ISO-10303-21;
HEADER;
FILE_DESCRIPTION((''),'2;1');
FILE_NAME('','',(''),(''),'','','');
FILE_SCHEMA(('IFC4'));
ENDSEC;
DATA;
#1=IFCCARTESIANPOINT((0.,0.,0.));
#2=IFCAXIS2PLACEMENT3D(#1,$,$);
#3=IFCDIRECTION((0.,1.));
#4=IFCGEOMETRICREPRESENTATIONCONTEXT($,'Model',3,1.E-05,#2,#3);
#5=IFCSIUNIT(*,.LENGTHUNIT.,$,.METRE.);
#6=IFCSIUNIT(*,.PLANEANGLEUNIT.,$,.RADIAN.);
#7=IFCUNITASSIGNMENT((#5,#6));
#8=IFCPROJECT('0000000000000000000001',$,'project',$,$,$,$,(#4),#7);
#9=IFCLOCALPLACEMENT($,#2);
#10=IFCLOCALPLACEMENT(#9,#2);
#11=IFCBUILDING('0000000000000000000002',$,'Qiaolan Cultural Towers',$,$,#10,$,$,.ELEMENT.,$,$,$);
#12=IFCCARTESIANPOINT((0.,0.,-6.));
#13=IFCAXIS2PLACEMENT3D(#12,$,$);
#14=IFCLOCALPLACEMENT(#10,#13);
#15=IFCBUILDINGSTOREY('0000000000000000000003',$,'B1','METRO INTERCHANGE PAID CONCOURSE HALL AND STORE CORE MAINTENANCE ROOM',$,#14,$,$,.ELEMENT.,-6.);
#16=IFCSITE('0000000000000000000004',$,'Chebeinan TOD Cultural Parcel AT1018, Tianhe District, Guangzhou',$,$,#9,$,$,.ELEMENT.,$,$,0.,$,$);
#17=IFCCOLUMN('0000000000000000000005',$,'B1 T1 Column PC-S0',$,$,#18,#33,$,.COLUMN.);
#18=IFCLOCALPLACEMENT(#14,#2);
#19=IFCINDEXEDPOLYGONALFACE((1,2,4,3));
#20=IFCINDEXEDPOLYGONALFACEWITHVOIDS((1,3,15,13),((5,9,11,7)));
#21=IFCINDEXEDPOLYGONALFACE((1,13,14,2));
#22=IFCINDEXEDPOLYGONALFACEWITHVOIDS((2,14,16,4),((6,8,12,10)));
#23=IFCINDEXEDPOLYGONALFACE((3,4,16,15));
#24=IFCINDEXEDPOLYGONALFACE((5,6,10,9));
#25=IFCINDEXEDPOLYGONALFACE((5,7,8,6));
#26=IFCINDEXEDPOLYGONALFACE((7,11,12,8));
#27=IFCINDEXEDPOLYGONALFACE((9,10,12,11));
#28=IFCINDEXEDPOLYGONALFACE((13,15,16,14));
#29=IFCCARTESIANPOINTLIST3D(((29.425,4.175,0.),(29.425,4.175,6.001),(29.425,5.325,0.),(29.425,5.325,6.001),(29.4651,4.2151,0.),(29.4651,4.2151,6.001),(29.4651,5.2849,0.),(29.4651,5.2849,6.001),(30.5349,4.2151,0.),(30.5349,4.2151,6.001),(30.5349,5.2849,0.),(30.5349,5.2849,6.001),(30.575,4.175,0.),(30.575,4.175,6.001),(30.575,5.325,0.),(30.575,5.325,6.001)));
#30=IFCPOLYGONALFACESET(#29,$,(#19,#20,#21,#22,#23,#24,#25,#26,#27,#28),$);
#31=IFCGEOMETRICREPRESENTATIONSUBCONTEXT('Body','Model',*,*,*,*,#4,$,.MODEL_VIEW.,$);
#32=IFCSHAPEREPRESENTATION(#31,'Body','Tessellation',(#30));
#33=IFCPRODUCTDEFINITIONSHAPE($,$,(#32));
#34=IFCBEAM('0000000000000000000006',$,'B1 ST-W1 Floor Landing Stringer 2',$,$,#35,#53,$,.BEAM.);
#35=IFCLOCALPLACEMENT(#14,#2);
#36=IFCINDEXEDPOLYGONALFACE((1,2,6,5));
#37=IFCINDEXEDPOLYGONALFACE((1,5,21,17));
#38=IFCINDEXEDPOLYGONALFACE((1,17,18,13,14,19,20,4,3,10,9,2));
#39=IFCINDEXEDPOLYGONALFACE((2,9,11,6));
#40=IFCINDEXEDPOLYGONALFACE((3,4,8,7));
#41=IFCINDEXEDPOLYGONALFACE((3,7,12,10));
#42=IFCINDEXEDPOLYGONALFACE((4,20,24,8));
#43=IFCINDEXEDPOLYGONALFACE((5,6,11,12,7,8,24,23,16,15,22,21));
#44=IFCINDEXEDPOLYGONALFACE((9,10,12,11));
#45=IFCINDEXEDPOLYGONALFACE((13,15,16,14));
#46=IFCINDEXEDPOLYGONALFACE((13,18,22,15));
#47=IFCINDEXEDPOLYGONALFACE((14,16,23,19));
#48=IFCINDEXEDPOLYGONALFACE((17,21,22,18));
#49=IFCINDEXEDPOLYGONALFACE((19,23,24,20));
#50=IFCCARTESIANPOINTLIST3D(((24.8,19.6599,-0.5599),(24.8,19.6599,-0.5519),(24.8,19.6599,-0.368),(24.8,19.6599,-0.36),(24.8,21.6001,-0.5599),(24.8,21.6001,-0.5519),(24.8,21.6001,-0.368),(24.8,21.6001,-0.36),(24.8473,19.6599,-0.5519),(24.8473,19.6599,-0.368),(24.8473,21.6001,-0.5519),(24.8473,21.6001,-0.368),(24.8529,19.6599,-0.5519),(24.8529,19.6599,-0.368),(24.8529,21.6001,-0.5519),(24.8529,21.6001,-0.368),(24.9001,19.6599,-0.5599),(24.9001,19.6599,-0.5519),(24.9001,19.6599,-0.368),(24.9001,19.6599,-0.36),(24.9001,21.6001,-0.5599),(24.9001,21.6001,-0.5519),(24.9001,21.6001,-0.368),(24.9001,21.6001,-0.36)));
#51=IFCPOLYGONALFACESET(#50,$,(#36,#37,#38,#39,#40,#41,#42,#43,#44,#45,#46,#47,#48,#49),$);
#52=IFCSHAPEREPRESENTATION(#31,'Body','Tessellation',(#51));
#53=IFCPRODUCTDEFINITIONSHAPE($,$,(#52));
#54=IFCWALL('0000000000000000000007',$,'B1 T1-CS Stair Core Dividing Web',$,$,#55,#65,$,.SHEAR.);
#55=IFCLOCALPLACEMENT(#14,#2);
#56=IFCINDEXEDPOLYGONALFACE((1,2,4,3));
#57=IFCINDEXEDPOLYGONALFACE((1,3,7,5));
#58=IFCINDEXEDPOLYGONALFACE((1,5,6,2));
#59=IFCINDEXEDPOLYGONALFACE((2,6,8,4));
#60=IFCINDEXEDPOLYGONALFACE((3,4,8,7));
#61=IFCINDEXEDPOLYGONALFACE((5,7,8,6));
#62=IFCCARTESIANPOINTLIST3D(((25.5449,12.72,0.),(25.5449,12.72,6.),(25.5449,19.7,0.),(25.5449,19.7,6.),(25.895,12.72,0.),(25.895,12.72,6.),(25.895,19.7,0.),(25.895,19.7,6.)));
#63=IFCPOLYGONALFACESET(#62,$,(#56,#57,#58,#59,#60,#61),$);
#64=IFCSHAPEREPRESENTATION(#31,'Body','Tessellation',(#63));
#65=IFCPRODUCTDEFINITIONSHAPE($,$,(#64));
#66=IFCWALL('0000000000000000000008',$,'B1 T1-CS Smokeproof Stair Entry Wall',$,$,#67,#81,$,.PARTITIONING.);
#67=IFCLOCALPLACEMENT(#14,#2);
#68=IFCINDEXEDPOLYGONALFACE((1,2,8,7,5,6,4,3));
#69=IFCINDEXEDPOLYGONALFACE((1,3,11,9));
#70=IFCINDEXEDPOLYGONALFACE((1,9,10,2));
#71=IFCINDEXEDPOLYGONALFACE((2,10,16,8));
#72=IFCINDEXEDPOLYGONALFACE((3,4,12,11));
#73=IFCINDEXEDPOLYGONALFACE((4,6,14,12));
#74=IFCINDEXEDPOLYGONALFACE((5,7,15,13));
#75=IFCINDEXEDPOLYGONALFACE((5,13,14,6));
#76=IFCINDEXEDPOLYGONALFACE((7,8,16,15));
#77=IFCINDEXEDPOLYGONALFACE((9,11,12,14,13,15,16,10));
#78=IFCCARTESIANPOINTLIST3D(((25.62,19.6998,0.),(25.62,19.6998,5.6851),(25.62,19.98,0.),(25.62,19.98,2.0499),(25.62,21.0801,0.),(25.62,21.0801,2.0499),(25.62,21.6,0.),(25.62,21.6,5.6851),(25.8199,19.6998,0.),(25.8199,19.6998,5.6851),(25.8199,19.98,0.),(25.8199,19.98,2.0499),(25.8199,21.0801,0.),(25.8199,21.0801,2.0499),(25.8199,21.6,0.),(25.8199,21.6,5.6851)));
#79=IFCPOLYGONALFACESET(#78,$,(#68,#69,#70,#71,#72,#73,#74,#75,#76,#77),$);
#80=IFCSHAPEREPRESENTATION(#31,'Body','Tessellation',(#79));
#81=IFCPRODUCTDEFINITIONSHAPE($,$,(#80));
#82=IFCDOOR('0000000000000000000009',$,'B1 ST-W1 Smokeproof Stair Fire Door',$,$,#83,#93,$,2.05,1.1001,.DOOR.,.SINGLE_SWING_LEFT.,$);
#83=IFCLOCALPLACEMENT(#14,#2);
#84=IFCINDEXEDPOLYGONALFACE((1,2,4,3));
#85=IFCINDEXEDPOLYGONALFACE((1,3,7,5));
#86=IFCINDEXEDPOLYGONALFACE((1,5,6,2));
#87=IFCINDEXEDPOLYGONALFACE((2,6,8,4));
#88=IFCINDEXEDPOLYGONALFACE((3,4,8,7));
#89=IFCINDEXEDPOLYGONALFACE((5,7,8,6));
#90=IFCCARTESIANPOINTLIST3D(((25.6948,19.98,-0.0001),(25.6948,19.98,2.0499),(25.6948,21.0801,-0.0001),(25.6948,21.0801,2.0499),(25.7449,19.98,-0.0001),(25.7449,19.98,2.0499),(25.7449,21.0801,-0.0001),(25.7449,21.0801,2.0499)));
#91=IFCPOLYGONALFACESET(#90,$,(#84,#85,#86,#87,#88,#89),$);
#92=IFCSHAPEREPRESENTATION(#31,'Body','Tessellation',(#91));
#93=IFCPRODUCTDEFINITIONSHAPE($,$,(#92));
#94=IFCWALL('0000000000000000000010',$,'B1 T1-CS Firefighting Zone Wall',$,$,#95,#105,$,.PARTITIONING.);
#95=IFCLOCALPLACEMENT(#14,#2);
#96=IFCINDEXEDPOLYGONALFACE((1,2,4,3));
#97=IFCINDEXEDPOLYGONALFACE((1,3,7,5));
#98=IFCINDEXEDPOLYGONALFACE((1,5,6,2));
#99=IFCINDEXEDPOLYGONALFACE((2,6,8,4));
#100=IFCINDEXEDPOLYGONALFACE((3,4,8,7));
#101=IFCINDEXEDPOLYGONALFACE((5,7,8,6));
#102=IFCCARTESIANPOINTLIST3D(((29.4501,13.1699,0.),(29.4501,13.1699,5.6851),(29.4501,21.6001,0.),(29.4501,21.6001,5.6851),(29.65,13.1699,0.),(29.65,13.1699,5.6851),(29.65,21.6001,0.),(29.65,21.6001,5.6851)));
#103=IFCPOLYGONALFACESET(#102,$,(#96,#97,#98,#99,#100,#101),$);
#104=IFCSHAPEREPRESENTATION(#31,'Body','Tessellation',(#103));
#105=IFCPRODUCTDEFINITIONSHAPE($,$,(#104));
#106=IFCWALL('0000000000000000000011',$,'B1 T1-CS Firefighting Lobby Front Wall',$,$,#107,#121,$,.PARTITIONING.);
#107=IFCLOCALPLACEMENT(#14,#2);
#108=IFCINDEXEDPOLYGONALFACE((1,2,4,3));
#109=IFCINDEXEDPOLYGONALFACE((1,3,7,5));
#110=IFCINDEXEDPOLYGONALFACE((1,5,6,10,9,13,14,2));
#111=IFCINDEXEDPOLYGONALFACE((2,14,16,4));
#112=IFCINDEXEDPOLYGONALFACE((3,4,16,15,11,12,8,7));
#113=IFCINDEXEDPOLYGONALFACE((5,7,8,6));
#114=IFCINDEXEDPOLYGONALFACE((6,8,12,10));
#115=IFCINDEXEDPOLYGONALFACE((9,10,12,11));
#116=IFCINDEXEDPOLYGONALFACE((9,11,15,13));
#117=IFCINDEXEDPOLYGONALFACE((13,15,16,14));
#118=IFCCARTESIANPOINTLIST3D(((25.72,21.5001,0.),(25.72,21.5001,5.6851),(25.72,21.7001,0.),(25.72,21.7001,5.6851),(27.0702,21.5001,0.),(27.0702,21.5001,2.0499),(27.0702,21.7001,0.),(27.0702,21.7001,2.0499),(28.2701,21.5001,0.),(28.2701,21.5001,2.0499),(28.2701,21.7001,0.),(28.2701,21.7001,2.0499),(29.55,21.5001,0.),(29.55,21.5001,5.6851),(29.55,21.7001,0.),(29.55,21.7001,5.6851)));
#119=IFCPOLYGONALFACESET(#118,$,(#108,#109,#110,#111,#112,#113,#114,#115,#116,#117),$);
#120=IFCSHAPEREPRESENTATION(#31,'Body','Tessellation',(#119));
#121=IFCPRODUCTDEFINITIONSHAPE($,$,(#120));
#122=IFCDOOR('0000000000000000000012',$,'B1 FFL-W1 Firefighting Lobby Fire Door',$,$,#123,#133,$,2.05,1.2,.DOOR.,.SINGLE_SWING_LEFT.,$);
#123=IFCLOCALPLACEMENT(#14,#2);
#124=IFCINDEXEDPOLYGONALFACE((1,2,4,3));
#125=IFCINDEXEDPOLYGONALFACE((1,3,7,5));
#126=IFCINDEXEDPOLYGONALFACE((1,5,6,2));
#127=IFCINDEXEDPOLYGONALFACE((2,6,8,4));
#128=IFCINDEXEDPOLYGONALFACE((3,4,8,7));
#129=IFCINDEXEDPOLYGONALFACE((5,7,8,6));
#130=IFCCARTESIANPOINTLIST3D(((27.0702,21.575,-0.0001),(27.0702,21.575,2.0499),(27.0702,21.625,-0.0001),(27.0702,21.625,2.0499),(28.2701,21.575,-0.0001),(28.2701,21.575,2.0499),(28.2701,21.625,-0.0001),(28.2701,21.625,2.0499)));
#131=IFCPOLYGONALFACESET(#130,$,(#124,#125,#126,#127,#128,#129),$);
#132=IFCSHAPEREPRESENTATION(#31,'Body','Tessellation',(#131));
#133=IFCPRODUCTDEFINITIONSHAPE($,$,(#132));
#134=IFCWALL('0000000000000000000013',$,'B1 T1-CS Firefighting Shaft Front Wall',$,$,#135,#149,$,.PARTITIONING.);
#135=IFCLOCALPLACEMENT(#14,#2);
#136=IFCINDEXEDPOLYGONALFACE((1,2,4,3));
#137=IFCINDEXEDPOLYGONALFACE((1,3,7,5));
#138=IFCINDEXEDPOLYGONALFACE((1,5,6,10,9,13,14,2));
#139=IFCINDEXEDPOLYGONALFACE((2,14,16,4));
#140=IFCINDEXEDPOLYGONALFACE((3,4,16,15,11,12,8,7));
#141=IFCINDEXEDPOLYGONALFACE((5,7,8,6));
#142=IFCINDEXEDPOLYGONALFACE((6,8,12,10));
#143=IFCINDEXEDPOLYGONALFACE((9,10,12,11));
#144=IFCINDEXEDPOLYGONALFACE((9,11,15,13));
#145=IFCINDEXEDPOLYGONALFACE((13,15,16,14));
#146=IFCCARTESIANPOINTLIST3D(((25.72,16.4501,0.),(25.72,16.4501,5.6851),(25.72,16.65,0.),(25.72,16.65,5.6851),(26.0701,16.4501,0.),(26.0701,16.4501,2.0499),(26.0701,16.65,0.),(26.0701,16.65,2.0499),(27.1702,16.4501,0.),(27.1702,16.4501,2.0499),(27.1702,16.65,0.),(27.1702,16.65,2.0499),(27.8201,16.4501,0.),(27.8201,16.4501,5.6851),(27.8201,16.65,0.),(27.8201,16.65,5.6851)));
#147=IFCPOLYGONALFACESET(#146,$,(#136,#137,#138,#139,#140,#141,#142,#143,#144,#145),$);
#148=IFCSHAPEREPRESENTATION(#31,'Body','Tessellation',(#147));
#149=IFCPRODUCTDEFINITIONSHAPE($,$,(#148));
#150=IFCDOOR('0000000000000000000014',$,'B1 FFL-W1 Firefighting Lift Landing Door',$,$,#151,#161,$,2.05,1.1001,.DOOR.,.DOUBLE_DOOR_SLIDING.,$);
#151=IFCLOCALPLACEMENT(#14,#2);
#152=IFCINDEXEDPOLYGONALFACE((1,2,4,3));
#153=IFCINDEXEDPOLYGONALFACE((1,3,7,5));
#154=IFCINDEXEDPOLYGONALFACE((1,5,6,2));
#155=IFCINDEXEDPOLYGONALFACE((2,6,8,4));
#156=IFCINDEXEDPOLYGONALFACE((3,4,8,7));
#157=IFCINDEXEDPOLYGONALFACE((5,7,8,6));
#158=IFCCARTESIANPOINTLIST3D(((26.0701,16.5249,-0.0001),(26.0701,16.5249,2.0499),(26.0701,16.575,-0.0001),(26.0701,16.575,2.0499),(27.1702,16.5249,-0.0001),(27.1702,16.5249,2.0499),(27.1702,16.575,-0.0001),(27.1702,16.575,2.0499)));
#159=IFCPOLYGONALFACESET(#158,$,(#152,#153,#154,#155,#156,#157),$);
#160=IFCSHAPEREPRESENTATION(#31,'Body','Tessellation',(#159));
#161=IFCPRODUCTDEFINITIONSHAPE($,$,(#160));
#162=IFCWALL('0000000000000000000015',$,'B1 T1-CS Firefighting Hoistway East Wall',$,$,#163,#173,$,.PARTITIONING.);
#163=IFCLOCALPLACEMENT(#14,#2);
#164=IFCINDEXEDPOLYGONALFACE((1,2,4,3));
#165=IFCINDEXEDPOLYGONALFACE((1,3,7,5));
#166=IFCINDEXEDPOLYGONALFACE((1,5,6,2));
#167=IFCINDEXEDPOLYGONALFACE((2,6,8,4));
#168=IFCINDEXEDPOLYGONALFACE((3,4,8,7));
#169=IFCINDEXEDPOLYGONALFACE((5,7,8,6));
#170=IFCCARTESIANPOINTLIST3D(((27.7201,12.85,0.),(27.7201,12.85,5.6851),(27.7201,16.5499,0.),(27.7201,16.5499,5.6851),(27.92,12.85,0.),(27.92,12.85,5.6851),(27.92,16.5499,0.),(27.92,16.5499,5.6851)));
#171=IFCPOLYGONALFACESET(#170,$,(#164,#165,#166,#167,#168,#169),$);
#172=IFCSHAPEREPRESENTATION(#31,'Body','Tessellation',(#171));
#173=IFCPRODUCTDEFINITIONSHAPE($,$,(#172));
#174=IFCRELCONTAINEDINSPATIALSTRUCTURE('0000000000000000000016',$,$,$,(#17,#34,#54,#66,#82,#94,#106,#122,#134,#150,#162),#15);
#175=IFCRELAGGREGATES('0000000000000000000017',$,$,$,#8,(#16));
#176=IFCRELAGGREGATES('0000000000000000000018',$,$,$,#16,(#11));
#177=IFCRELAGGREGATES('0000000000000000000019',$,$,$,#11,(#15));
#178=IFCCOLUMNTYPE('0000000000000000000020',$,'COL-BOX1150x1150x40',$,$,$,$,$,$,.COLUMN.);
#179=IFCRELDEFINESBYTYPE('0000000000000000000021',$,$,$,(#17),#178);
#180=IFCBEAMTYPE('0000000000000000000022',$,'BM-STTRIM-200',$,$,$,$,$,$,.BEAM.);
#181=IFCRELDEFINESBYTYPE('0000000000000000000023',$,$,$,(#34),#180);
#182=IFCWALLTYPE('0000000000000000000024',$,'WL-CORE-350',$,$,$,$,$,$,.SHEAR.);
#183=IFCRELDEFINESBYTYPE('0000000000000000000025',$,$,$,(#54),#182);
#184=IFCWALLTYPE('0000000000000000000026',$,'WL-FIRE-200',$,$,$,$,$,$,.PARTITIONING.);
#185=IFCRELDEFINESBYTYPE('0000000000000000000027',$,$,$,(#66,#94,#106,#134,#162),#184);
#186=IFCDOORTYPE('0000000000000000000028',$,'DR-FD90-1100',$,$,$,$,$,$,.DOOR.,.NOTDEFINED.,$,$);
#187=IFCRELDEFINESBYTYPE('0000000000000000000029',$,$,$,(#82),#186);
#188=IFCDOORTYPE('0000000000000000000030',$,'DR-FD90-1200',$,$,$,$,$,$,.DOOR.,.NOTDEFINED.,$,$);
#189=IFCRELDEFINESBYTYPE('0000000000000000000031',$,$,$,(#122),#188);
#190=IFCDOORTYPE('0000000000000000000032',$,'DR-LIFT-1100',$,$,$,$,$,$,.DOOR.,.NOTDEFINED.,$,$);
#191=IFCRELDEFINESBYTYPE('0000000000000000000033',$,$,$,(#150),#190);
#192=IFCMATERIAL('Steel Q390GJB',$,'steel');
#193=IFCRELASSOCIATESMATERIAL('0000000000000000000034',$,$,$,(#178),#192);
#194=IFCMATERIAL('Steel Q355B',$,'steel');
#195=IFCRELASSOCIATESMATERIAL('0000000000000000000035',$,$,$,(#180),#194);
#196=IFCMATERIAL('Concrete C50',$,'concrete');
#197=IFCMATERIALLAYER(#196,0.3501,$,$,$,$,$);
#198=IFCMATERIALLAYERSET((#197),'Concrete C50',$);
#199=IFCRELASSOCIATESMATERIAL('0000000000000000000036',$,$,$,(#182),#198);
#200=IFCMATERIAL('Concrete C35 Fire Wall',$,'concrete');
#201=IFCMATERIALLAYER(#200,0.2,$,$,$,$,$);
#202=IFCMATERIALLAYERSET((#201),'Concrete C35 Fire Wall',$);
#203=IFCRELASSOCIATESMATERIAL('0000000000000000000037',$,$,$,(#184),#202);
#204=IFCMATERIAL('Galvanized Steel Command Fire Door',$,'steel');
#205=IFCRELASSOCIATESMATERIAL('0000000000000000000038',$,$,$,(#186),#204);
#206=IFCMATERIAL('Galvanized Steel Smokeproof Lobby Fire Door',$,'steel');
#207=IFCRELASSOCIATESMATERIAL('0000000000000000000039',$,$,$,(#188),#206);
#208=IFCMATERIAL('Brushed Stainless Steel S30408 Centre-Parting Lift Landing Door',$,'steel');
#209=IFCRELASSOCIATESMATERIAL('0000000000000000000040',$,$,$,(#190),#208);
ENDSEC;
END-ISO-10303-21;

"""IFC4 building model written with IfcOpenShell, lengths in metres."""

from ifc_helpers import new_model, si_unit, direction, frame, frame_2d, origin, origin_2d, place, context, subcontext, project, spatial, rectangle, hollow_rectangle, i_section, extrude, material, layer, layer_set, material_profile, profile_set, type_object, element, fill, save


model = new_model("IFC4")

# Units and contexts
model_context = context("Model", 3, precision=1e-05, world=origin(), true_north=direction((0.0, 1.0)))
body_context = subcontext(model_context, "Body", "Model", "MODEL_VIEW")
ifc_project = project(units=[si_unit("LENGTHUNIT", "METRE"), si_unit("PLANEANGLEUNIT", "RADIAN")], contexts=[model_context])

# Site, building, storey
site_placement = place(None, origin())
site = spatial("IfcSite", under=ifc_project, at=site_placement, Name="Chebeinan TOD Cultural Parcel AT1018, Tianhe District, Guangzhou", CompositionType="ELEMENT", RefElevation=0.0)
building_placement = place(site_placement, origin())
building = spatial("IfcBuilding", under=site, at=building_placement, Name="Qiaolan Cultural Towers", CompositionType="ELEMENT")
storey_placement = place(building_placement, frame((0.0, 0.0, -6.0)))
storey = spatial("IfcBuildingStorey", under=building, at=storey_placement, Name="B1", Description="METRO INTERCHANGE PAID CONCOURSE HALL AND STORE CORE MAINTENANCE ROOM", CompositionType="ELEMENT", Elevation=-6.0)

# Column
ifc_material_1 = material(Name="Steel Q390GJB", Category="steel")
ifc_material_profile_1 = material_profile(ifc_material_1, hollow_rectangle(XDim=1.1499, YDim=1.1499, WallThickness=0.04, at=origin_2d()), Name="BOX1150x1150x40")
ifc_profile_set_1 = profile_set([ifc_material_profile_1], Name="Steel Q390GJB")
column_type = type_object("IfcColumnType", Name="COL-BOX1150x1150x40", PredefinedType="COLUMN", material=ifc_profile_set_1)
column_placement = place(storey_placement, frame((30.0, 4.75, 0.0), z_axis=(0.0, 0.0, 1.0), x_axis=(1.0, 0.0, 0.0)))
element("IfcColumn", 1, at=column_placement, inside=storey, type_object=column_type, Name="B1 T1 Column PC-S0", PredefinedType="COLUMN", context=body_context, shape_type="SweptSolid", body=[
    extrude(hollow_rectangle(XDim=1.1499, YDim=1.1499, WallThickness=0.04, at=origin_2d()), origin(), (0.0, 0.0, 1.0), 6.001),
])

# Beam
ifc_material_2 = material(Name="Steel Q355B", Category="steel")
ifc_material_profile_2 = material_profile(ifc_material_2, i_section(OverallWidth=0.1001, OverallDepth=0.2, WebThickness=0.0056, FlangeThickness=0.0081, at=origin_2d()), Name="HN200x100x5.5x8")
ifc_profile_set_2 = profile_set([ifc_material_profile_2], Name="Steel Q355B")
beam_type = type_object("IfcBeamType", Name="BM-STTRIM-200", PredefinedType="BEAM", material=ifc_profile_set_2)
beam_placement = place(storey_placement, frame((24.8501, 21.6001, -0.46), z_axis=(0.0, -1.0, 0.0), x_axis=(1.0, 0.0, 0.0)))
element("IfcBeam", 2, at=beam_placement, inside=storey, type_object=beam_type, Name="B1 ST-W1 Floor Landing Stringer 2", PredefinedType="BEAM", context=body_context, shape_type="SweptSolid", body=[
    extrude(i_section(OverallWidth=0.1001, OverallDepth=0.2, WebThickness=0.0056, FlangeThickness=0.0081, at=origin_2d()), origin(), (0.0, 0.0, 1.0), 1.9402),
])

# Wall
ifc_material_3 = material(Name="Concrete C50", Category="concrete")
ifc_layer_1 = layer(ifc_material_3, 0.3501)
ifc_layer_set_1 = layer_set([ifc_layer_1], Name="Concrete C50")
wall_type_1 = type_object("IfcWallType", Name="WL-CORE-350", PredefinedType="SHEAR", material=ifc_layer_set_1)
wall_1_placement = place(storey_placement, frame((25.72, 19.7, 0.0), z_axis=(0.0, 0.0, 1.0), x_axis=(0.0, -1.0, 0.0)))
element("IfcWall", 3, at=wall_1_placement, inside=storey, type_object=wall_type_1, Name="B1 T1-CS Stair Core Dividing Web", PredefinedType="SHEAR", context=body_context, shape_type="SweptSolid", body=[
    extrude(rectangle(XDim=6.98, YDim=0.3501, at=frame_2d((3.49, 0.0))), origin(), (0.0, 0.0, 1.0), 6.0),
])

# Wall, opening, door
ifc_material_4 = material(Name="Concrete C35 Fire Wall", Category="concrete")
ifc_layer_2 = layer(ifc_material_4, 0.2)
ifc_layer_set_2 = layer_set([ifc_layer_2], Name="Concrete C35 Fire Wall")
wall_type_2 = type_object("IfcWallType", Name="WL-FIRE-200", PredefinedType="PARTITIONING", material=ifc_layer_set_2)
wall_2_placement = place(storey_placement, frame((25.72, 21.6001, 0.0), z_axis=(0.0, 0.0, 1.0), x_axis=(0.0, -1.0, 0.0)))
wall_2 = element("IfcWall", 4, at=wall_2_placement, inside=storey, type_object=wall_type_2, Name="B1 T1-CS Smokeproof Stair Entry Wall", PredefinedType="PARTITIONING", context=body_context, shape_type="SweptSolid", body=[
    extrude(rectangle(XDim=1.9001, YDim=0.2, at=frame_2d((0.9502, 0.0))), origin(), (0.0, 0.0, 1.0), 5.6851),
])
opening_1_placement = place(wall_2_placement, frame((0.52, 0.0, 0.0)))
opening_1 = element("IfcOpeningElement", 5, at=opening_1_placement, cuts=wall_2, PredefinedType="OPENING", context=body_context, shape_type="SweptSolid", body=[
    extrude(rectangle(XDim=1.1001, YDim=2.05, at=frame_2d((0.55, 1.0249))), frame((0.0, 0.1099, 0.0), z_axis=(0.0, -1.0, 0.0), x_axis=(1.0, 0.0, 0.0)), (0.0, 0.0, 1.0), 0.22),
])
ifc_material_5 = material(Name="Galvanized Steel Command Fire Door", Category="steel")
door_type_1 = type_object("IfcDoorType", Name="DR-FD90-1100", OperationType="NOTDEFINED", PredefinedType="DOOR", material=ifc_material_5)
door_1_placement = place(opening_1_placement, origin())
door_1 = element("IfcDoor", 6, at=door_1_placement, inside=storey, type_object=door_type_1, Name="B1 ST-W1 Smokeproof Stair Fire Door", OperationType="SINGLE_SWING_LEFT", OverallHeight=2.05, OverallWidth=1.1001, PredefinedType="DOOR", context=body_context, shape_type="SweptSolid", body=[
    extrude(rectangle(XDim=1.1001, YDim=2.05, at=frame_2d((0.55, 1.0249))), frame((0.0, 0.0249, 0.0), z_axis=(0.0, -1.0, 0.0), x_axis=(1.0, 0.0, 0.0)), (0.0, 0.0, 1.0), 0.05),
])
fill(opening_1, door_1)

# Wall
wall_3_placement = place(storey_placement, frame((29.55, 21.6001, 0.0), z_axis=(0.0, 0.0, 1.0), x_axis=(0.0, -1.0, 0.0)))
element("IfcWall", 7, at=wall_3_placement, inside=storey, type_object=wall_type_2, Name="B1 T1-CS Firefighting Zone Wall", PredefinedType="PARTITIONING", context=body_context, shape_type="SweptSolid", body=[
    extrude(rectangle(XDim=8.4302, YDim=0.2, at=frame_2d((4.2151, 0.0))), origin(), (0.0, 0.0, 1.0), 5.6851),
])

# Walls, openings, doors
wall_4_placement = place(storey_placement, frame((25.72, 21.6001, 0.0), z_axis=(0.0, 0.0, 1.0), x_axis=(1.0, 0.0, 0.0)))
wall_4 = element("IfcWall", 8, at=wall_4_placement, inside=storey, type_object=wall_type_2, Name="B1 T1-CS Firefighting Lobby Front Wall", PredefinedType="PARTITIONING", context=body_context, shape_type="SweptSolid", body=[
    extrude(rectangle(XDim=3.8301, YDim=0.2, at=frame_2d((1.915, 0.0))), origin(), (0.0, 0.0, 1.0), 5.6851),
])
opening_2_placement = place(wall_4_placement, frame((1.3501, 0.0, 0.0)))
opening_2 = element("IfcOpeningElement", 9, at=opening_2_placement, cuts=wall_4, PredefinedType="OPENING", context=body_context, shape_type="SweptSolid", body=[
    extrude(rectangle(XDim=1.2, YDim=2.05, at=frame_2d((0.6001, 1.0249))), frame((0.0, 0.1099, 0.0), z_axis=(0.0, -1.0, 0.0), x_axis=(1.0, 0.0, 0.0)), (0.0, 0.0, 1.0), 0.22),
])
ifc_material_6 = material(Name="Galvanized Steel Smokeproof Lobby Fire Door", Category="steel")
door_type_2 = type_object("IfcDoorType", Name="DR-FD90-1200", OperationType="NOTDEFINED", PredefinedType="DOOR", material=ifc_material_6)
door_2_placement = place(opening_2_placement, origin())
door_2 = element("IfcDoor", 10, at=door_2_placement, inside=storey, type_object=door_type_2, Name="B1 FFL-W1 Firefighting Lobby Fire Door", OperationType="SINGLE_SWING_LEFT", OverallHeight=2.05, OverallWidth=1.2, PredefinedType="DOOR", context=body_context, shape_type="SweptSolid", body=[
    extrude(rectangle(XDim=1.2, YDim=2.05, at=frame_2d((0.6001, 1.0249))), frame((0.0, 0.0249, 0.0), z_axis=(0.0, -1.0, 0.0), x_axis=(1.0, 0.0, 0.0)), (0.0, 0.0, 1.0), 0.05),
])
fill(opening_2, door_2)
wall_5_placement = place(storey_placement, frame((25.72, 16.55, 0.0), z_axis=(0.0, 0.0, 1.0), x_axis=(1.0, 0.0, 0.0)))
wall_5 = element("IfcWall", 11, at=wall_5_placement, inside=storey, type_object=wall_type_2, Name="B1 T1-CS Firefighting Shaft Front Wall", PredefinedType="PARTITIONING", context=body_context, shape_type="SweptSolid", body=[
    extrude(rectangle(XDim=2.1001, YDim=0.2, at=frame_2d((1.05, 0.0))), origin(), (0.0, 0.0, 1.0), 5.6851),
])
opening_3_placement = place(wall_5_placement, frame((0.3501, 0.0, 0.0)))
opening_3 = element("IfcOpeningElement", 12, at=opening_3_placement, cuts=wall_5, PredefinedType="OPENING", context=body_context, shape_type="SweptSolid", body=[
    extrude(rectangle(XDim=1.1001, YDim=2.05, at=frame_2d((0.55, 1.0249))), frame((0.0, 0.1099, 0.0), z_axis=(0.0, -1.0, 0.0), x_axis=(1.0, 0.0, 0.0)), (0.0, 0.0, 1.0), 0.22),
])
ifc_material_7 = material(Name="Brushed Stainless Steel S30408 Centre-Parting Lift Landing Door", Category="steel")
door_type_3 = type_object("IfcDoorType", Name="DR-LIFT-1100", OperationType="NOTDEFINED", PredefinedType="DOOR", material=ifc_material_7)
door_3_placement = place(opening_3_placement, origin())
door_3 = element("IfcDoor", 13, at=door_3_placement, inside=storey, type_object=door_type_3, Name="B1 FFL-W1 Firefighting Lift Landing Door", OperationType="DOUBLE_DOOR_SLIDING", OverallHeight=2.05, OverallWidth=1.1001, PredefinedType="DOOR", context=body_context, shape_type="SweptSolid", body=[
    extrude(rectangle(XDim=1.1001, YDim=2.05, at=frame_2d((0.55, 1.0249))), frame((0.0, 0.0249, 0.0), z_axis=(0.0, -1.0, 0.0), x_axis=(1.0, 0.0, 0.0)), (0.0, 0.0, 1.0), 0.05),
])
fill(opening_3, door_3)

# Wall
wall_6_placement = place(storey_placement, frame((27.8201, 16.55, 0.0), z_axis=(0.0, 0.0, 1.0), x_axis=(0.0, -1.0, 0.0)))
element("IfcWall", 14, at=wall_6_placement, inside=storey, type_object=wall_type_2, Name="B1 T1-CS Firefighting Hoistway East Wall", PredefinedType="PARTITIONING", context=body_context, shape_type="SweptSolid", body=[
    extrude(rectangle(XDim=3.7, YDim=0.2, at=frame_2d((1.8501, 0.0))), origin(), (0.0, 0.0, 1.0), 5.6851),
])

save(model, "model.ifc")
